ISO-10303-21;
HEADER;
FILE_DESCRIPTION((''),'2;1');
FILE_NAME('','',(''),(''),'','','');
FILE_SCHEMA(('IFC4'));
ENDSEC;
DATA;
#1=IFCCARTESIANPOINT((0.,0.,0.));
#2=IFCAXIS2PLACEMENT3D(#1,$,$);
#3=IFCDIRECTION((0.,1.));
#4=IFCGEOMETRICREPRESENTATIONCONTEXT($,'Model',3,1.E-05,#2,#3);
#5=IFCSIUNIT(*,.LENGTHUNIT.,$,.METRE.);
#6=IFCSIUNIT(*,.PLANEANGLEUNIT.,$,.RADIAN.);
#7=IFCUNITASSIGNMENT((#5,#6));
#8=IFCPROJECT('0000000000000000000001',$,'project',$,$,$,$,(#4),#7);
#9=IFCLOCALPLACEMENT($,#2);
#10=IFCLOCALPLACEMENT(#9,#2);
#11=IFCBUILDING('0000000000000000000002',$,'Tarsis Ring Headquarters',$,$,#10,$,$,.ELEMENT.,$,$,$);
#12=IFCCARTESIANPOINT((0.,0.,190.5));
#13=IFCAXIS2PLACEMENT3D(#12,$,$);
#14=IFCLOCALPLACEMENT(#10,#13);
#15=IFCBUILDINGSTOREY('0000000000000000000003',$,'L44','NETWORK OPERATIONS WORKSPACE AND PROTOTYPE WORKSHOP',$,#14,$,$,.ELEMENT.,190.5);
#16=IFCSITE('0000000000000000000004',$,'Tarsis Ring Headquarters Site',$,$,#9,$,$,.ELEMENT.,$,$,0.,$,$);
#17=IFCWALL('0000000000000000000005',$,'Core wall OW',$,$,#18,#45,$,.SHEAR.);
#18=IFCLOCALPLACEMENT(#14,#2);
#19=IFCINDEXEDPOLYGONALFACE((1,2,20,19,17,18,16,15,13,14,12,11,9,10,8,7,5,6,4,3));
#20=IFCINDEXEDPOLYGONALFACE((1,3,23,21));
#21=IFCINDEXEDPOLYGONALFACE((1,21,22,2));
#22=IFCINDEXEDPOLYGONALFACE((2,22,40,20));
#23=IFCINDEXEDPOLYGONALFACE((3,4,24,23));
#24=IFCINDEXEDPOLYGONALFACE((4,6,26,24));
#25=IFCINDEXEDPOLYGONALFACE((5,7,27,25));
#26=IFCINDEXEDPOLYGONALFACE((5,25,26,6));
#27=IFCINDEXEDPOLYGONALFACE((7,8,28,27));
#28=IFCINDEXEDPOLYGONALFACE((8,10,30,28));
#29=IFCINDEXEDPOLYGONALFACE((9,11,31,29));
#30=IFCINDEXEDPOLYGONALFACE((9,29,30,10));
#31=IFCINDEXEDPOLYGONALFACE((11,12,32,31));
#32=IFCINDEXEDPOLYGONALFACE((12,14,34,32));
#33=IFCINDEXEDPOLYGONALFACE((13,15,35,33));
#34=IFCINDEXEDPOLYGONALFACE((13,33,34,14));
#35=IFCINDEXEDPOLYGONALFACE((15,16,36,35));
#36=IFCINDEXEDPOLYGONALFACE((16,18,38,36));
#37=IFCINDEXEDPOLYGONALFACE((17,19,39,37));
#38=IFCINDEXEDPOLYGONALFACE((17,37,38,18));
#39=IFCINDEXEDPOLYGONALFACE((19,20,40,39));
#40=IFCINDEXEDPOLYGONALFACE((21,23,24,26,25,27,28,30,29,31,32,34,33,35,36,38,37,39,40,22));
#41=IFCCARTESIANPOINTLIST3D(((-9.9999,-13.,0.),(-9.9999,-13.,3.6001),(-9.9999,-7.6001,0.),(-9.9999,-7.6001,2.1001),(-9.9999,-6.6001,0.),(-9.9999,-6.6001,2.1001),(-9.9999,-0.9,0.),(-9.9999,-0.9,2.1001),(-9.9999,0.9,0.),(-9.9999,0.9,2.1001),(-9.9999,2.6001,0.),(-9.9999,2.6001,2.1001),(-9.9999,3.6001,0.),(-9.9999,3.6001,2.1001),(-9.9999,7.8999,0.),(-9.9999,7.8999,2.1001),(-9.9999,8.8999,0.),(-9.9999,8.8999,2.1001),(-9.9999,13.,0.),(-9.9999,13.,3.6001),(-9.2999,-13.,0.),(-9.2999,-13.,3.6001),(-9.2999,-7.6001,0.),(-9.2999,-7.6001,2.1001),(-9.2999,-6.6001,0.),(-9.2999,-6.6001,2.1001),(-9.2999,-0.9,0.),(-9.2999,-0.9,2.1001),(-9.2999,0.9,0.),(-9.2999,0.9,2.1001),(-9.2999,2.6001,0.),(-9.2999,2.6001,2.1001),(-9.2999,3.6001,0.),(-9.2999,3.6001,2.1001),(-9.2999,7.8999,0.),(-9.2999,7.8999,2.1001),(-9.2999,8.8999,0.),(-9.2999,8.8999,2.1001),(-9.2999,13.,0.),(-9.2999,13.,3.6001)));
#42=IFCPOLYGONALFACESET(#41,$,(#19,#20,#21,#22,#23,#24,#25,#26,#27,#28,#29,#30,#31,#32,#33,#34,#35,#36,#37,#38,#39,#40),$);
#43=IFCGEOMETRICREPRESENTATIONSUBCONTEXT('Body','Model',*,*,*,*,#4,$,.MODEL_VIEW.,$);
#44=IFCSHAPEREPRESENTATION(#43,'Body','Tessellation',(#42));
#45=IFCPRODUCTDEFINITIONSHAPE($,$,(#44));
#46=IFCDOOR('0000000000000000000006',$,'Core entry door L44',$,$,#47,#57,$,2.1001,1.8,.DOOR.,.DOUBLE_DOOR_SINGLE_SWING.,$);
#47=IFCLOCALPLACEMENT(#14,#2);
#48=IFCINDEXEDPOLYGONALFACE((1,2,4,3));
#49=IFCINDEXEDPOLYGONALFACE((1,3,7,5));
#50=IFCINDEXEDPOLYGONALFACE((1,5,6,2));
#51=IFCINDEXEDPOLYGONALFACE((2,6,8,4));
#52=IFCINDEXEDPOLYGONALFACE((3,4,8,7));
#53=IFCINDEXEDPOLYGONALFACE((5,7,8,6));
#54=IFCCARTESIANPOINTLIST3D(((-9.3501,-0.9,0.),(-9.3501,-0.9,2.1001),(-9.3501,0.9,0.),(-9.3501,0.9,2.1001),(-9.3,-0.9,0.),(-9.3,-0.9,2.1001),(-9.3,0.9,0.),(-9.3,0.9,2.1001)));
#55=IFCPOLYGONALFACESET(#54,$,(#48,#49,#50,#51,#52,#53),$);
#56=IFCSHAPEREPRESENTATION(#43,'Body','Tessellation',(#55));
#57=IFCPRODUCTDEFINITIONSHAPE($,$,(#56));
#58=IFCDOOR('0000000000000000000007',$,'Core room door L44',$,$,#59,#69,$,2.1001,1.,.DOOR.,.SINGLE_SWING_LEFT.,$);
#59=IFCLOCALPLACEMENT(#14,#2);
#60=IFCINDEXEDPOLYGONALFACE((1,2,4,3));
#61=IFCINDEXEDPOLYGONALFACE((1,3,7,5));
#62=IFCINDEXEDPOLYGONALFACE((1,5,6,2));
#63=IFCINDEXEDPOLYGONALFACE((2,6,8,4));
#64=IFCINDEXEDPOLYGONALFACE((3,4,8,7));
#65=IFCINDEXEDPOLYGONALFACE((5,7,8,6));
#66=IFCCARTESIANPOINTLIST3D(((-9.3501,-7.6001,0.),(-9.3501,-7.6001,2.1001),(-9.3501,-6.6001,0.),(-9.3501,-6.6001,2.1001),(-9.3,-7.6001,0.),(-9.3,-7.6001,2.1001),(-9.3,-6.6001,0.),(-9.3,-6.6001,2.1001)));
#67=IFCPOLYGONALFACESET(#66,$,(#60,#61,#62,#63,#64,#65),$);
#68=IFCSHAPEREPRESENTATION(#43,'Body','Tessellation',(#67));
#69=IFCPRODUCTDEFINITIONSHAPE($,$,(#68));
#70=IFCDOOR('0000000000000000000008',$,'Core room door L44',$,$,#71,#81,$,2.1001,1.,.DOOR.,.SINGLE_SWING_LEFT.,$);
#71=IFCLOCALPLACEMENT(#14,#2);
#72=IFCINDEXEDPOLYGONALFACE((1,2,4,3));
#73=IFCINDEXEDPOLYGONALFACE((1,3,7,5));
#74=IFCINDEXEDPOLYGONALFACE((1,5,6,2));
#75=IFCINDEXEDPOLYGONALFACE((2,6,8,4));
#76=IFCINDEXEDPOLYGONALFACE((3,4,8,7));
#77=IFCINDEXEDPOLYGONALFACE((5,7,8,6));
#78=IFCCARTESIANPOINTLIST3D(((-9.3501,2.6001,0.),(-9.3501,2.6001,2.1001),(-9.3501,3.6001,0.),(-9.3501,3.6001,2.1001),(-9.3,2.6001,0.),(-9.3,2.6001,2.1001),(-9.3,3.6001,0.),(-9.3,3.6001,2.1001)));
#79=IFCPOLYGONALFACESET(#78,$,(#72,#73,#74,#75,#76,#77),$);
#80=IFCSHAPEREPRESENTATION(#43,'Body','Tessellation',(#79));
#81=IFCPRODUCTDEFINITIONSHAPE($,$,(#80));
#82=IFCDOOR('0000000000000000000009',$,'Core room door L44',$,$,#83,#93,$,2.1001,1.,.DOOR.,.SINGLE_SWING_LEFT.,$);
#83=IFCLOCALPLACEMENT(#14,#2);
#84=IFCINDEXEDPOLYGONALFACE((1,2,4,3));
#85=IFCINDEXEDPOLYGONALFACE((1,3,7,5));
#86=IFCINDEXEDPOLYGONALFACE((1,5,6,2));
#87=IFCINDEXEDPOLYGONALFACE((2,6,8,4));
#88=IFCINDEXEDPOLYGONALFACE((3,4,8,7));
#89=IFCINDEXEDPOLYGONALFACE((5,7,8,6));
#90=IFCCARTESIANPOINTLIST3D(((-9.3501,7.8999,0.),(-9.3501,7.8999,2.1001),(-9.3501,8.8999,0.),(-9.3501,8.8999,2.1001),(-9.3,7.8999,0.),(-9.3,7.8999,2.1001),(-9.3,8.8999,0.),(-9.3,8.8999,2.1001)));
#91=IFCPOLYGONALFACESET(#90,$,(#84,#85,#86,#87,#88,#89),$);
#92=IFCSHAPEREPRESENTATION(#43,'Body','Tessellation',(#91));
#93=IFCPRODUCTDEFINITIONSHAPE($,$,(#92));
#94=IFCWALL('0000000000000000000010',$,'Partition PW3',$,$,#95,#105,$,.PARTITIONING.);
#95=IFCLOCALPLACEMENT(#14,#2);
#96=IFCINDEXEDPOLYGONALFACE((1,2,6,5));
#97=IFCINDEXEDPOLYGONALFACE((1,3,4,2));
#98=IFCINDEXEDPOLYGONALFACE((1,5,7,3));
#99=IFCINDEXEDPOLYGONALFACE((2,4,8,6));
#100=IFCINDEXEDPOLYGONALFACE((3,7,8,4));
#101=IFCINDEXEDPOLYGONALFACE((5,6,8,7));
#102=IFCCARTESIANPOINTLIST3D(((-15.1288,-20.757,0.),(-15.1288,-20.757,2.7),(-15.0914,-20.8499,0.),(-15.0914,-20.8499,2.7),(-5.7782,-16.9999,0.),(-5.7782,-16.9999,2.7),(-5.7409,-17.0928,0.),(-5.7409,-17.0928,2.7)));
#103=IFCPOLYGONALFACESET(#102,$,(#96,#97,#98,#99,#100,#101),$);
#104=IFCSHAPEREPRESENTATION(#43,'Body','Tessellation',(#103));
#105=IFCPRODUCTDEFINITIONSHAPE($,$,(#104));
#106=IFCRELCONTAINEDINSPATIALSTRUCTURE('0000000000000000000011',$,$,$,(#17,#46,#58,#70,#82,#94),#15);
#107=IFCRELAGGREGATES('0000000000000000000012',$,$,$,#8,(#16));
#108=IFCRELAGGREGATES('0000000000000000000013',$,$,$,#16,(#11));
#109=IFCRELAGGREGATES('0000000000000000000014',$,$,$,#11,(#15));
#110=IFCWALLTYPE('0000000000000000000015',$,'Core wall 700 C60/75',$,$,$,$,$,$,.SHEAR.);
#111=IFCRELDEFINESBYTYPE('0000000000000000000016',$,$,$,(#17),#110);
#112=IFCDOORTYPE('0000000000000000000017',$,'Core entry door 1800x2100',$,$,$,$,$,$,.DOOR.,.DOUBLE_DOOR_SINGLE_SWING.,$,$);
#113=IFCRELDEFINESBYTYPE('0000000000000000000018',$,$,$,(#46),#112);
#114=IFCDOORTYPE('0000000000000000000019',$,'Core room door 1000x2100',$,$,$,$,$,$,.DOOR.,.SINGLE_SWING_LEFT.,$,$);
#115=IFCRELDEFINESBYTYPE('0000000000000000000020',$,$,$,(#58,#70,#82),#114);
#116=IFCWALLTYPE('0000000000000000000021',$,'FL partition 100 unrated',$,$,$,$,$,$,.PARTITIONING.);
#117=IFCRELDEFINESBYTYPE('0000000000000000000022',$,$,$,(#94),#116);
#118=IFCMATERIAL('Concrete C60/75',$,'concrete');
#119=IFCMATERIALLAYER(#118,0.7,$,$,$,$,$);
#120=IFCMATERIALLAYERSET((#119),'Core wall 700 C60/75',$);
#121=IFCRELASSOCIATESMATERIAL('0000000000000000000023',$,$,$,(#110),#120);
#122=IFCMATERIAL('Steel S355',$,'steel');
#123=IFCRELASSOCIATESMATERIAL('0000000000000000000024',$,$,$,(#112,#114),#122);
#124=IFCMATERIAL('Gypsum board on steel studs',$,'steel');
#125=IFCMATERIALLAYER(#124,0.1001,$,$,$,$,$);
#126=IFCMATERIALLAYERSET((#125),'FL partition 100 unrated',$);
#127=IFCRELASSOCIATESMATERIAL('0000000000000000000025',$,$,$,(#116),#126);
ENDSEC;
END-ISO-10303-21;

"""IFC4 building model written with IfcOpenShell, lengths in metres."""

from ifc_helpers import new_model, si_unit, direction, frame, frame_2d, origin, place, context, subcontext, project, spatial, rectangle, extrude, material, layer, layer_set, type_object, element, fill, save


model = new_model("IFC4")

# Units and contexts
model_context = context("Model", 3, precision=1e-05, world=origin(), true_north=direction((0.0, 1.0)))
body_context = subcontext(model_context, "Body", "Model", "MODEL_VIEW")
ifc_project = project(units=[si_unit("LENGTHUNIT", "METRE"), si_unit("PLANEANGLEUNIT", "RADIAN")], contexts=[model_context])

# Site, building, storey
site_placement = place(None, origin())
site = spatial("IfcSite", under=ifc_project, at=site_placement, Name="Tarsis Ring Headquarters Site", CompositionType="ELEMENT", RefElevation=0.0)
building_placement = place(site_placement, origin())
building = spatial("IfcBuilding", under=site, at=building_placement, Name="Tarsis Ring Headquarters", CompositionType="ELEMENT")
storey_placement = place(building_placement, frame((0.0, 0.0, 190.5)))
storey = spatial("IfcBuildingStorey", under=building, at=storey_placement, Name="L44", Description="NETWORK OPERATIONS WORKSPACE AND PROTOTYPE WORKSHOP", CompositionType="ELEMENT", Elevation=190.5)

# Wall, openings, doors
ifc_material_1 = material(Name="Concrete C60/75", Category="concrete")
ifc_layer_1 = layer(ifc_material_1, 0.7)
ifc_layer_set_1 = layer_set([ifc_layer_1], Name="Core wall 700 C60/75")
wall_type_1 = type_object("IfcWallType", Name="Core wall 700 C60/75", PredefinedType="SHEAR", material=ifc_layer_set_1)
wall_1_placement = place(storey_placement, frame((-9.6499, -13.0, 0.0), z_axis=(0.0, 0.0, 1.0), x_axis=(0.0, 1.0, 0.0)))
wall_1 = element("IfcWall", 1, at=wall_1_placement, inside=storey, type_object=wall_type_1, Name="Core wall OW", PredefinedType="SHEAR", context=body_context, shape_type="SweptSolid", body=[
    extrude(rectangle(XDim=26.0, YDim=0.7, at=frame_2d((13.0, 0.0))), origin(), (0.0, 0.0, 1.0), 3.6001),
])
opening_1_placement = place(wall_1_placement, frame((5.3999, 0.0, 0.0)))
opening_1 = element("IfcOpeningElement", 2, at=opening_1_placement, cuts=wall_1, PredefinedType="OPENING", context=body_context, shape_type="SweptSolid", body=[
    extrude(rectangle(XDim=1.0, YDim=2.1001, at=frame_2d((0.5, 1.05))), frame((0.0, 0.3599, 0.0), z_axis=(0.0, -1.0, 0.0), x_axis=(1.0, 0.0, 0.0)), (0.0, 0.0, 1.0), 0.72),
])
opening_2_placement = place(wall_1_placement, frame((12.1001, 0.0, 0.0)))
opening_2 = element("IfcOpeningElement", 3, at=opening_2_placement, cuts=wall_1, PredefinedType="OPENING", context=body_context, shape_type="SweptSolid", body=[
    extrude(rectangle(XDim=1.8, YDim=2.1001, at=frame_2d((0.8999, 1.05))), frame((0.0, 0.3599, 0.0), z_axis=(0.0, -1.0, 0.0), x_axis=(1.0, 0.0, 0.0)), (0.0, 0.0, 1.0), 0.72),
])
opening_3_placement = place(wall_1_placement, frame((15.6001, 0.0, 0.0)))
opening_3 = element("IfcOpeningElement", 4, at=opening_3_placement, cuts=wall_1, PredefinedType="OPENING", context=body_context, shape_type="SweptSolid", body=[
    extrude(rectangle(XDim=1.0, YDim=2.1001, at=frame_2d((0.5, 1.05))), frame((0.0, 0.3599, 0.0), z_axis=(0.0, -1.0, 0.0), x_axis=(1.0, 0.0, 0.0)), (0.0, 0.0, 1.0), 0.72),
])
opening_4_placement = place(wall_1_placement, frame((20.8999, 0.0, 0.0)))
opening_4 = element("IfcOpeningElement", 5, at=opening_4_placement, cuts=wall_1, PredefinedType="OPENING", context=body_context, shape_type="SweptSolid", body=[
    extrude(rectangle(XDim=1.0, YDim=2.1001, at=frame_2d((0.5, 1.05))), frame((0.0, 0.3599, 0.0), z_axis=(0.0, -1.0, 0.0), x_axis=(1.0, 0.0, 0.0)), (0.0, 0.0, 1.0), 0.72),
])
ifc_material_2 = material(Name="Steel S355", Category="steel")
door_type_1 = type_object("IfcDoorType", Name="Core entry door 1800x2100", OperationType="DOUBLE_DOOR_SINGLE_SWING", PredefinedType="DOOR", material=ifc_material_2)
door_1_placement = place(opening_2_placement, origin())
door_1 = element("IfcDoor", 6, at=door_1_placement, inside=storey, type_object=door_type_1, Name="Core entry door L44", OperationType="DOUBLE_DOOR_SINGLE_SWING", OverallHeight=2.1001, OverallWidth=1.8, PredefinedType="DOOR", context=body_context, shape_type="SweptSolid", body=[
    extrude(rectangle(XDim=1.8, YDim=2.1001, at=frame_2d((0.8999, 1.05))), frame((0.0, -0.2998, 0.0), z_axis=(0.0, -1.0, 0.0), x_axis=(1.0, 0.0, 0.0)), (0.0, 0.0, 1.0), 0.05),
])
fill(opening_2, door_1)
door_type_2 = type_object("IfcDoorType", Name="Core room door 1000x2100", OperationType="SINGLE_SWING_LEFT", PredefinedType="DOOR", material=ifc_material_2)
door_2_placement = place(opening_1_placement, origin())
door_2 = element("IfcDoor", 7, at=door_2_placement, inside=storey, type_object=door_type_2, Name="Core room door L44", OperationType="SINGLE_SWING_LEFT", OverallHeight=2.1001, OverallWidth=1.0, PredefinedType="DOOR", context=body_context, shape_type="SweptSolid", body=[
    extrude(rectangle(XDim=1.0, YDim=2.1001, at=frame_2d((0.5, 1.05))), frame((0.0, -0.2998, 0.0), z_axis=(0.0, -1.0, 0.0), x_axis=(1.0, 0.0, 0.0)), (0.0, 0.0, 1.0), 0.05),
])
fill(opening_1, door_2)
door_3_placement = place(opening_3_placement, origin())
door_3 = element("IfcDoor", 8, at=door_3_placement, inside=storey, type_object=door_type_2, Name="Core room door L44", OperationType="SINGLE_SWING_LEFT", OverallHeight=2.1001, OverallWidth=1.0, PredefinedType="DOOR", context=body_context, shape_type="SweptSolid", body=[
    extrude(rectangle(XDim=1.0, YDim=2.1001, at=frame_2d((0.5, 1.05))), frame((0.0, -0.2998, 0.0), z_axis=(0.0, -1.0, 0.0), x_axis=(1.0, 0.0, 0.0)), (0.0, 0.0, 1.0), 0.05),
])
fill(opening_3, door_3)
door_4_placement = place(opening_4_placement, origin())
door_4 = element("IfcDoor", 9, at=door_4_placement, inside=storey, type_object=door_type_2, Name="Core room door L44", OperationType="SINGLE_SWING_LEFT", OverallHeight=2.1001, OverallWidth=1.0, PredefinedType="DOOR", context=body_context, shape_type="SweptSolid", body=[
    extrude(rectangle(XDim=1.0, YDim=2.1001, at=frame_2d((0.5, 1.05))), frame((0.0, -0.2998, 0.0), z_axis=(0.0, -1.0, 0.0), x_axis=(1.0, 0.0, 0.0)), (0.0, 0.0, 1.0), 0.05),
])
fill(opening_4, door_4)

# Wall
ifc_material_3 = material(Name="Gypsum board on steel studs", Category="steel")
ifc_layer_2 = layer(ifc_material_3, 0.1001)
ifc_layer_set_2 = layer_set([ifc_layer_2], Name="FL partition 100 unrated")
wall_type_2 = type_object("IfcWallType", Name="FL partition 100 unrated", PredefinedType="PARTITIONING", material=ifc_layer_set_2)
wall_2_placement = place(storey_placement, frame((-15.1101, -20.8035, 0.0), z_axis=(0.0, 0.0, 1.0), x_axis=(0.927899, 0.372831, 0.0)))
element("IfcWall", 10, at=wall_2_placement, inside=storey, type_object=wall_type_2, Name="Partition PW3", PredefinedType="PARTITIONING", context=body_context, shape_type="SweptSolid", body=[
    extrude(rectangle(XDim=10.0771, YDim=0.1001, at=frame_2d((5.0386, 0.0))), origin(), (0.0, 0.0, 1.0), 2.7),
])

save(model, "model.ifc")
